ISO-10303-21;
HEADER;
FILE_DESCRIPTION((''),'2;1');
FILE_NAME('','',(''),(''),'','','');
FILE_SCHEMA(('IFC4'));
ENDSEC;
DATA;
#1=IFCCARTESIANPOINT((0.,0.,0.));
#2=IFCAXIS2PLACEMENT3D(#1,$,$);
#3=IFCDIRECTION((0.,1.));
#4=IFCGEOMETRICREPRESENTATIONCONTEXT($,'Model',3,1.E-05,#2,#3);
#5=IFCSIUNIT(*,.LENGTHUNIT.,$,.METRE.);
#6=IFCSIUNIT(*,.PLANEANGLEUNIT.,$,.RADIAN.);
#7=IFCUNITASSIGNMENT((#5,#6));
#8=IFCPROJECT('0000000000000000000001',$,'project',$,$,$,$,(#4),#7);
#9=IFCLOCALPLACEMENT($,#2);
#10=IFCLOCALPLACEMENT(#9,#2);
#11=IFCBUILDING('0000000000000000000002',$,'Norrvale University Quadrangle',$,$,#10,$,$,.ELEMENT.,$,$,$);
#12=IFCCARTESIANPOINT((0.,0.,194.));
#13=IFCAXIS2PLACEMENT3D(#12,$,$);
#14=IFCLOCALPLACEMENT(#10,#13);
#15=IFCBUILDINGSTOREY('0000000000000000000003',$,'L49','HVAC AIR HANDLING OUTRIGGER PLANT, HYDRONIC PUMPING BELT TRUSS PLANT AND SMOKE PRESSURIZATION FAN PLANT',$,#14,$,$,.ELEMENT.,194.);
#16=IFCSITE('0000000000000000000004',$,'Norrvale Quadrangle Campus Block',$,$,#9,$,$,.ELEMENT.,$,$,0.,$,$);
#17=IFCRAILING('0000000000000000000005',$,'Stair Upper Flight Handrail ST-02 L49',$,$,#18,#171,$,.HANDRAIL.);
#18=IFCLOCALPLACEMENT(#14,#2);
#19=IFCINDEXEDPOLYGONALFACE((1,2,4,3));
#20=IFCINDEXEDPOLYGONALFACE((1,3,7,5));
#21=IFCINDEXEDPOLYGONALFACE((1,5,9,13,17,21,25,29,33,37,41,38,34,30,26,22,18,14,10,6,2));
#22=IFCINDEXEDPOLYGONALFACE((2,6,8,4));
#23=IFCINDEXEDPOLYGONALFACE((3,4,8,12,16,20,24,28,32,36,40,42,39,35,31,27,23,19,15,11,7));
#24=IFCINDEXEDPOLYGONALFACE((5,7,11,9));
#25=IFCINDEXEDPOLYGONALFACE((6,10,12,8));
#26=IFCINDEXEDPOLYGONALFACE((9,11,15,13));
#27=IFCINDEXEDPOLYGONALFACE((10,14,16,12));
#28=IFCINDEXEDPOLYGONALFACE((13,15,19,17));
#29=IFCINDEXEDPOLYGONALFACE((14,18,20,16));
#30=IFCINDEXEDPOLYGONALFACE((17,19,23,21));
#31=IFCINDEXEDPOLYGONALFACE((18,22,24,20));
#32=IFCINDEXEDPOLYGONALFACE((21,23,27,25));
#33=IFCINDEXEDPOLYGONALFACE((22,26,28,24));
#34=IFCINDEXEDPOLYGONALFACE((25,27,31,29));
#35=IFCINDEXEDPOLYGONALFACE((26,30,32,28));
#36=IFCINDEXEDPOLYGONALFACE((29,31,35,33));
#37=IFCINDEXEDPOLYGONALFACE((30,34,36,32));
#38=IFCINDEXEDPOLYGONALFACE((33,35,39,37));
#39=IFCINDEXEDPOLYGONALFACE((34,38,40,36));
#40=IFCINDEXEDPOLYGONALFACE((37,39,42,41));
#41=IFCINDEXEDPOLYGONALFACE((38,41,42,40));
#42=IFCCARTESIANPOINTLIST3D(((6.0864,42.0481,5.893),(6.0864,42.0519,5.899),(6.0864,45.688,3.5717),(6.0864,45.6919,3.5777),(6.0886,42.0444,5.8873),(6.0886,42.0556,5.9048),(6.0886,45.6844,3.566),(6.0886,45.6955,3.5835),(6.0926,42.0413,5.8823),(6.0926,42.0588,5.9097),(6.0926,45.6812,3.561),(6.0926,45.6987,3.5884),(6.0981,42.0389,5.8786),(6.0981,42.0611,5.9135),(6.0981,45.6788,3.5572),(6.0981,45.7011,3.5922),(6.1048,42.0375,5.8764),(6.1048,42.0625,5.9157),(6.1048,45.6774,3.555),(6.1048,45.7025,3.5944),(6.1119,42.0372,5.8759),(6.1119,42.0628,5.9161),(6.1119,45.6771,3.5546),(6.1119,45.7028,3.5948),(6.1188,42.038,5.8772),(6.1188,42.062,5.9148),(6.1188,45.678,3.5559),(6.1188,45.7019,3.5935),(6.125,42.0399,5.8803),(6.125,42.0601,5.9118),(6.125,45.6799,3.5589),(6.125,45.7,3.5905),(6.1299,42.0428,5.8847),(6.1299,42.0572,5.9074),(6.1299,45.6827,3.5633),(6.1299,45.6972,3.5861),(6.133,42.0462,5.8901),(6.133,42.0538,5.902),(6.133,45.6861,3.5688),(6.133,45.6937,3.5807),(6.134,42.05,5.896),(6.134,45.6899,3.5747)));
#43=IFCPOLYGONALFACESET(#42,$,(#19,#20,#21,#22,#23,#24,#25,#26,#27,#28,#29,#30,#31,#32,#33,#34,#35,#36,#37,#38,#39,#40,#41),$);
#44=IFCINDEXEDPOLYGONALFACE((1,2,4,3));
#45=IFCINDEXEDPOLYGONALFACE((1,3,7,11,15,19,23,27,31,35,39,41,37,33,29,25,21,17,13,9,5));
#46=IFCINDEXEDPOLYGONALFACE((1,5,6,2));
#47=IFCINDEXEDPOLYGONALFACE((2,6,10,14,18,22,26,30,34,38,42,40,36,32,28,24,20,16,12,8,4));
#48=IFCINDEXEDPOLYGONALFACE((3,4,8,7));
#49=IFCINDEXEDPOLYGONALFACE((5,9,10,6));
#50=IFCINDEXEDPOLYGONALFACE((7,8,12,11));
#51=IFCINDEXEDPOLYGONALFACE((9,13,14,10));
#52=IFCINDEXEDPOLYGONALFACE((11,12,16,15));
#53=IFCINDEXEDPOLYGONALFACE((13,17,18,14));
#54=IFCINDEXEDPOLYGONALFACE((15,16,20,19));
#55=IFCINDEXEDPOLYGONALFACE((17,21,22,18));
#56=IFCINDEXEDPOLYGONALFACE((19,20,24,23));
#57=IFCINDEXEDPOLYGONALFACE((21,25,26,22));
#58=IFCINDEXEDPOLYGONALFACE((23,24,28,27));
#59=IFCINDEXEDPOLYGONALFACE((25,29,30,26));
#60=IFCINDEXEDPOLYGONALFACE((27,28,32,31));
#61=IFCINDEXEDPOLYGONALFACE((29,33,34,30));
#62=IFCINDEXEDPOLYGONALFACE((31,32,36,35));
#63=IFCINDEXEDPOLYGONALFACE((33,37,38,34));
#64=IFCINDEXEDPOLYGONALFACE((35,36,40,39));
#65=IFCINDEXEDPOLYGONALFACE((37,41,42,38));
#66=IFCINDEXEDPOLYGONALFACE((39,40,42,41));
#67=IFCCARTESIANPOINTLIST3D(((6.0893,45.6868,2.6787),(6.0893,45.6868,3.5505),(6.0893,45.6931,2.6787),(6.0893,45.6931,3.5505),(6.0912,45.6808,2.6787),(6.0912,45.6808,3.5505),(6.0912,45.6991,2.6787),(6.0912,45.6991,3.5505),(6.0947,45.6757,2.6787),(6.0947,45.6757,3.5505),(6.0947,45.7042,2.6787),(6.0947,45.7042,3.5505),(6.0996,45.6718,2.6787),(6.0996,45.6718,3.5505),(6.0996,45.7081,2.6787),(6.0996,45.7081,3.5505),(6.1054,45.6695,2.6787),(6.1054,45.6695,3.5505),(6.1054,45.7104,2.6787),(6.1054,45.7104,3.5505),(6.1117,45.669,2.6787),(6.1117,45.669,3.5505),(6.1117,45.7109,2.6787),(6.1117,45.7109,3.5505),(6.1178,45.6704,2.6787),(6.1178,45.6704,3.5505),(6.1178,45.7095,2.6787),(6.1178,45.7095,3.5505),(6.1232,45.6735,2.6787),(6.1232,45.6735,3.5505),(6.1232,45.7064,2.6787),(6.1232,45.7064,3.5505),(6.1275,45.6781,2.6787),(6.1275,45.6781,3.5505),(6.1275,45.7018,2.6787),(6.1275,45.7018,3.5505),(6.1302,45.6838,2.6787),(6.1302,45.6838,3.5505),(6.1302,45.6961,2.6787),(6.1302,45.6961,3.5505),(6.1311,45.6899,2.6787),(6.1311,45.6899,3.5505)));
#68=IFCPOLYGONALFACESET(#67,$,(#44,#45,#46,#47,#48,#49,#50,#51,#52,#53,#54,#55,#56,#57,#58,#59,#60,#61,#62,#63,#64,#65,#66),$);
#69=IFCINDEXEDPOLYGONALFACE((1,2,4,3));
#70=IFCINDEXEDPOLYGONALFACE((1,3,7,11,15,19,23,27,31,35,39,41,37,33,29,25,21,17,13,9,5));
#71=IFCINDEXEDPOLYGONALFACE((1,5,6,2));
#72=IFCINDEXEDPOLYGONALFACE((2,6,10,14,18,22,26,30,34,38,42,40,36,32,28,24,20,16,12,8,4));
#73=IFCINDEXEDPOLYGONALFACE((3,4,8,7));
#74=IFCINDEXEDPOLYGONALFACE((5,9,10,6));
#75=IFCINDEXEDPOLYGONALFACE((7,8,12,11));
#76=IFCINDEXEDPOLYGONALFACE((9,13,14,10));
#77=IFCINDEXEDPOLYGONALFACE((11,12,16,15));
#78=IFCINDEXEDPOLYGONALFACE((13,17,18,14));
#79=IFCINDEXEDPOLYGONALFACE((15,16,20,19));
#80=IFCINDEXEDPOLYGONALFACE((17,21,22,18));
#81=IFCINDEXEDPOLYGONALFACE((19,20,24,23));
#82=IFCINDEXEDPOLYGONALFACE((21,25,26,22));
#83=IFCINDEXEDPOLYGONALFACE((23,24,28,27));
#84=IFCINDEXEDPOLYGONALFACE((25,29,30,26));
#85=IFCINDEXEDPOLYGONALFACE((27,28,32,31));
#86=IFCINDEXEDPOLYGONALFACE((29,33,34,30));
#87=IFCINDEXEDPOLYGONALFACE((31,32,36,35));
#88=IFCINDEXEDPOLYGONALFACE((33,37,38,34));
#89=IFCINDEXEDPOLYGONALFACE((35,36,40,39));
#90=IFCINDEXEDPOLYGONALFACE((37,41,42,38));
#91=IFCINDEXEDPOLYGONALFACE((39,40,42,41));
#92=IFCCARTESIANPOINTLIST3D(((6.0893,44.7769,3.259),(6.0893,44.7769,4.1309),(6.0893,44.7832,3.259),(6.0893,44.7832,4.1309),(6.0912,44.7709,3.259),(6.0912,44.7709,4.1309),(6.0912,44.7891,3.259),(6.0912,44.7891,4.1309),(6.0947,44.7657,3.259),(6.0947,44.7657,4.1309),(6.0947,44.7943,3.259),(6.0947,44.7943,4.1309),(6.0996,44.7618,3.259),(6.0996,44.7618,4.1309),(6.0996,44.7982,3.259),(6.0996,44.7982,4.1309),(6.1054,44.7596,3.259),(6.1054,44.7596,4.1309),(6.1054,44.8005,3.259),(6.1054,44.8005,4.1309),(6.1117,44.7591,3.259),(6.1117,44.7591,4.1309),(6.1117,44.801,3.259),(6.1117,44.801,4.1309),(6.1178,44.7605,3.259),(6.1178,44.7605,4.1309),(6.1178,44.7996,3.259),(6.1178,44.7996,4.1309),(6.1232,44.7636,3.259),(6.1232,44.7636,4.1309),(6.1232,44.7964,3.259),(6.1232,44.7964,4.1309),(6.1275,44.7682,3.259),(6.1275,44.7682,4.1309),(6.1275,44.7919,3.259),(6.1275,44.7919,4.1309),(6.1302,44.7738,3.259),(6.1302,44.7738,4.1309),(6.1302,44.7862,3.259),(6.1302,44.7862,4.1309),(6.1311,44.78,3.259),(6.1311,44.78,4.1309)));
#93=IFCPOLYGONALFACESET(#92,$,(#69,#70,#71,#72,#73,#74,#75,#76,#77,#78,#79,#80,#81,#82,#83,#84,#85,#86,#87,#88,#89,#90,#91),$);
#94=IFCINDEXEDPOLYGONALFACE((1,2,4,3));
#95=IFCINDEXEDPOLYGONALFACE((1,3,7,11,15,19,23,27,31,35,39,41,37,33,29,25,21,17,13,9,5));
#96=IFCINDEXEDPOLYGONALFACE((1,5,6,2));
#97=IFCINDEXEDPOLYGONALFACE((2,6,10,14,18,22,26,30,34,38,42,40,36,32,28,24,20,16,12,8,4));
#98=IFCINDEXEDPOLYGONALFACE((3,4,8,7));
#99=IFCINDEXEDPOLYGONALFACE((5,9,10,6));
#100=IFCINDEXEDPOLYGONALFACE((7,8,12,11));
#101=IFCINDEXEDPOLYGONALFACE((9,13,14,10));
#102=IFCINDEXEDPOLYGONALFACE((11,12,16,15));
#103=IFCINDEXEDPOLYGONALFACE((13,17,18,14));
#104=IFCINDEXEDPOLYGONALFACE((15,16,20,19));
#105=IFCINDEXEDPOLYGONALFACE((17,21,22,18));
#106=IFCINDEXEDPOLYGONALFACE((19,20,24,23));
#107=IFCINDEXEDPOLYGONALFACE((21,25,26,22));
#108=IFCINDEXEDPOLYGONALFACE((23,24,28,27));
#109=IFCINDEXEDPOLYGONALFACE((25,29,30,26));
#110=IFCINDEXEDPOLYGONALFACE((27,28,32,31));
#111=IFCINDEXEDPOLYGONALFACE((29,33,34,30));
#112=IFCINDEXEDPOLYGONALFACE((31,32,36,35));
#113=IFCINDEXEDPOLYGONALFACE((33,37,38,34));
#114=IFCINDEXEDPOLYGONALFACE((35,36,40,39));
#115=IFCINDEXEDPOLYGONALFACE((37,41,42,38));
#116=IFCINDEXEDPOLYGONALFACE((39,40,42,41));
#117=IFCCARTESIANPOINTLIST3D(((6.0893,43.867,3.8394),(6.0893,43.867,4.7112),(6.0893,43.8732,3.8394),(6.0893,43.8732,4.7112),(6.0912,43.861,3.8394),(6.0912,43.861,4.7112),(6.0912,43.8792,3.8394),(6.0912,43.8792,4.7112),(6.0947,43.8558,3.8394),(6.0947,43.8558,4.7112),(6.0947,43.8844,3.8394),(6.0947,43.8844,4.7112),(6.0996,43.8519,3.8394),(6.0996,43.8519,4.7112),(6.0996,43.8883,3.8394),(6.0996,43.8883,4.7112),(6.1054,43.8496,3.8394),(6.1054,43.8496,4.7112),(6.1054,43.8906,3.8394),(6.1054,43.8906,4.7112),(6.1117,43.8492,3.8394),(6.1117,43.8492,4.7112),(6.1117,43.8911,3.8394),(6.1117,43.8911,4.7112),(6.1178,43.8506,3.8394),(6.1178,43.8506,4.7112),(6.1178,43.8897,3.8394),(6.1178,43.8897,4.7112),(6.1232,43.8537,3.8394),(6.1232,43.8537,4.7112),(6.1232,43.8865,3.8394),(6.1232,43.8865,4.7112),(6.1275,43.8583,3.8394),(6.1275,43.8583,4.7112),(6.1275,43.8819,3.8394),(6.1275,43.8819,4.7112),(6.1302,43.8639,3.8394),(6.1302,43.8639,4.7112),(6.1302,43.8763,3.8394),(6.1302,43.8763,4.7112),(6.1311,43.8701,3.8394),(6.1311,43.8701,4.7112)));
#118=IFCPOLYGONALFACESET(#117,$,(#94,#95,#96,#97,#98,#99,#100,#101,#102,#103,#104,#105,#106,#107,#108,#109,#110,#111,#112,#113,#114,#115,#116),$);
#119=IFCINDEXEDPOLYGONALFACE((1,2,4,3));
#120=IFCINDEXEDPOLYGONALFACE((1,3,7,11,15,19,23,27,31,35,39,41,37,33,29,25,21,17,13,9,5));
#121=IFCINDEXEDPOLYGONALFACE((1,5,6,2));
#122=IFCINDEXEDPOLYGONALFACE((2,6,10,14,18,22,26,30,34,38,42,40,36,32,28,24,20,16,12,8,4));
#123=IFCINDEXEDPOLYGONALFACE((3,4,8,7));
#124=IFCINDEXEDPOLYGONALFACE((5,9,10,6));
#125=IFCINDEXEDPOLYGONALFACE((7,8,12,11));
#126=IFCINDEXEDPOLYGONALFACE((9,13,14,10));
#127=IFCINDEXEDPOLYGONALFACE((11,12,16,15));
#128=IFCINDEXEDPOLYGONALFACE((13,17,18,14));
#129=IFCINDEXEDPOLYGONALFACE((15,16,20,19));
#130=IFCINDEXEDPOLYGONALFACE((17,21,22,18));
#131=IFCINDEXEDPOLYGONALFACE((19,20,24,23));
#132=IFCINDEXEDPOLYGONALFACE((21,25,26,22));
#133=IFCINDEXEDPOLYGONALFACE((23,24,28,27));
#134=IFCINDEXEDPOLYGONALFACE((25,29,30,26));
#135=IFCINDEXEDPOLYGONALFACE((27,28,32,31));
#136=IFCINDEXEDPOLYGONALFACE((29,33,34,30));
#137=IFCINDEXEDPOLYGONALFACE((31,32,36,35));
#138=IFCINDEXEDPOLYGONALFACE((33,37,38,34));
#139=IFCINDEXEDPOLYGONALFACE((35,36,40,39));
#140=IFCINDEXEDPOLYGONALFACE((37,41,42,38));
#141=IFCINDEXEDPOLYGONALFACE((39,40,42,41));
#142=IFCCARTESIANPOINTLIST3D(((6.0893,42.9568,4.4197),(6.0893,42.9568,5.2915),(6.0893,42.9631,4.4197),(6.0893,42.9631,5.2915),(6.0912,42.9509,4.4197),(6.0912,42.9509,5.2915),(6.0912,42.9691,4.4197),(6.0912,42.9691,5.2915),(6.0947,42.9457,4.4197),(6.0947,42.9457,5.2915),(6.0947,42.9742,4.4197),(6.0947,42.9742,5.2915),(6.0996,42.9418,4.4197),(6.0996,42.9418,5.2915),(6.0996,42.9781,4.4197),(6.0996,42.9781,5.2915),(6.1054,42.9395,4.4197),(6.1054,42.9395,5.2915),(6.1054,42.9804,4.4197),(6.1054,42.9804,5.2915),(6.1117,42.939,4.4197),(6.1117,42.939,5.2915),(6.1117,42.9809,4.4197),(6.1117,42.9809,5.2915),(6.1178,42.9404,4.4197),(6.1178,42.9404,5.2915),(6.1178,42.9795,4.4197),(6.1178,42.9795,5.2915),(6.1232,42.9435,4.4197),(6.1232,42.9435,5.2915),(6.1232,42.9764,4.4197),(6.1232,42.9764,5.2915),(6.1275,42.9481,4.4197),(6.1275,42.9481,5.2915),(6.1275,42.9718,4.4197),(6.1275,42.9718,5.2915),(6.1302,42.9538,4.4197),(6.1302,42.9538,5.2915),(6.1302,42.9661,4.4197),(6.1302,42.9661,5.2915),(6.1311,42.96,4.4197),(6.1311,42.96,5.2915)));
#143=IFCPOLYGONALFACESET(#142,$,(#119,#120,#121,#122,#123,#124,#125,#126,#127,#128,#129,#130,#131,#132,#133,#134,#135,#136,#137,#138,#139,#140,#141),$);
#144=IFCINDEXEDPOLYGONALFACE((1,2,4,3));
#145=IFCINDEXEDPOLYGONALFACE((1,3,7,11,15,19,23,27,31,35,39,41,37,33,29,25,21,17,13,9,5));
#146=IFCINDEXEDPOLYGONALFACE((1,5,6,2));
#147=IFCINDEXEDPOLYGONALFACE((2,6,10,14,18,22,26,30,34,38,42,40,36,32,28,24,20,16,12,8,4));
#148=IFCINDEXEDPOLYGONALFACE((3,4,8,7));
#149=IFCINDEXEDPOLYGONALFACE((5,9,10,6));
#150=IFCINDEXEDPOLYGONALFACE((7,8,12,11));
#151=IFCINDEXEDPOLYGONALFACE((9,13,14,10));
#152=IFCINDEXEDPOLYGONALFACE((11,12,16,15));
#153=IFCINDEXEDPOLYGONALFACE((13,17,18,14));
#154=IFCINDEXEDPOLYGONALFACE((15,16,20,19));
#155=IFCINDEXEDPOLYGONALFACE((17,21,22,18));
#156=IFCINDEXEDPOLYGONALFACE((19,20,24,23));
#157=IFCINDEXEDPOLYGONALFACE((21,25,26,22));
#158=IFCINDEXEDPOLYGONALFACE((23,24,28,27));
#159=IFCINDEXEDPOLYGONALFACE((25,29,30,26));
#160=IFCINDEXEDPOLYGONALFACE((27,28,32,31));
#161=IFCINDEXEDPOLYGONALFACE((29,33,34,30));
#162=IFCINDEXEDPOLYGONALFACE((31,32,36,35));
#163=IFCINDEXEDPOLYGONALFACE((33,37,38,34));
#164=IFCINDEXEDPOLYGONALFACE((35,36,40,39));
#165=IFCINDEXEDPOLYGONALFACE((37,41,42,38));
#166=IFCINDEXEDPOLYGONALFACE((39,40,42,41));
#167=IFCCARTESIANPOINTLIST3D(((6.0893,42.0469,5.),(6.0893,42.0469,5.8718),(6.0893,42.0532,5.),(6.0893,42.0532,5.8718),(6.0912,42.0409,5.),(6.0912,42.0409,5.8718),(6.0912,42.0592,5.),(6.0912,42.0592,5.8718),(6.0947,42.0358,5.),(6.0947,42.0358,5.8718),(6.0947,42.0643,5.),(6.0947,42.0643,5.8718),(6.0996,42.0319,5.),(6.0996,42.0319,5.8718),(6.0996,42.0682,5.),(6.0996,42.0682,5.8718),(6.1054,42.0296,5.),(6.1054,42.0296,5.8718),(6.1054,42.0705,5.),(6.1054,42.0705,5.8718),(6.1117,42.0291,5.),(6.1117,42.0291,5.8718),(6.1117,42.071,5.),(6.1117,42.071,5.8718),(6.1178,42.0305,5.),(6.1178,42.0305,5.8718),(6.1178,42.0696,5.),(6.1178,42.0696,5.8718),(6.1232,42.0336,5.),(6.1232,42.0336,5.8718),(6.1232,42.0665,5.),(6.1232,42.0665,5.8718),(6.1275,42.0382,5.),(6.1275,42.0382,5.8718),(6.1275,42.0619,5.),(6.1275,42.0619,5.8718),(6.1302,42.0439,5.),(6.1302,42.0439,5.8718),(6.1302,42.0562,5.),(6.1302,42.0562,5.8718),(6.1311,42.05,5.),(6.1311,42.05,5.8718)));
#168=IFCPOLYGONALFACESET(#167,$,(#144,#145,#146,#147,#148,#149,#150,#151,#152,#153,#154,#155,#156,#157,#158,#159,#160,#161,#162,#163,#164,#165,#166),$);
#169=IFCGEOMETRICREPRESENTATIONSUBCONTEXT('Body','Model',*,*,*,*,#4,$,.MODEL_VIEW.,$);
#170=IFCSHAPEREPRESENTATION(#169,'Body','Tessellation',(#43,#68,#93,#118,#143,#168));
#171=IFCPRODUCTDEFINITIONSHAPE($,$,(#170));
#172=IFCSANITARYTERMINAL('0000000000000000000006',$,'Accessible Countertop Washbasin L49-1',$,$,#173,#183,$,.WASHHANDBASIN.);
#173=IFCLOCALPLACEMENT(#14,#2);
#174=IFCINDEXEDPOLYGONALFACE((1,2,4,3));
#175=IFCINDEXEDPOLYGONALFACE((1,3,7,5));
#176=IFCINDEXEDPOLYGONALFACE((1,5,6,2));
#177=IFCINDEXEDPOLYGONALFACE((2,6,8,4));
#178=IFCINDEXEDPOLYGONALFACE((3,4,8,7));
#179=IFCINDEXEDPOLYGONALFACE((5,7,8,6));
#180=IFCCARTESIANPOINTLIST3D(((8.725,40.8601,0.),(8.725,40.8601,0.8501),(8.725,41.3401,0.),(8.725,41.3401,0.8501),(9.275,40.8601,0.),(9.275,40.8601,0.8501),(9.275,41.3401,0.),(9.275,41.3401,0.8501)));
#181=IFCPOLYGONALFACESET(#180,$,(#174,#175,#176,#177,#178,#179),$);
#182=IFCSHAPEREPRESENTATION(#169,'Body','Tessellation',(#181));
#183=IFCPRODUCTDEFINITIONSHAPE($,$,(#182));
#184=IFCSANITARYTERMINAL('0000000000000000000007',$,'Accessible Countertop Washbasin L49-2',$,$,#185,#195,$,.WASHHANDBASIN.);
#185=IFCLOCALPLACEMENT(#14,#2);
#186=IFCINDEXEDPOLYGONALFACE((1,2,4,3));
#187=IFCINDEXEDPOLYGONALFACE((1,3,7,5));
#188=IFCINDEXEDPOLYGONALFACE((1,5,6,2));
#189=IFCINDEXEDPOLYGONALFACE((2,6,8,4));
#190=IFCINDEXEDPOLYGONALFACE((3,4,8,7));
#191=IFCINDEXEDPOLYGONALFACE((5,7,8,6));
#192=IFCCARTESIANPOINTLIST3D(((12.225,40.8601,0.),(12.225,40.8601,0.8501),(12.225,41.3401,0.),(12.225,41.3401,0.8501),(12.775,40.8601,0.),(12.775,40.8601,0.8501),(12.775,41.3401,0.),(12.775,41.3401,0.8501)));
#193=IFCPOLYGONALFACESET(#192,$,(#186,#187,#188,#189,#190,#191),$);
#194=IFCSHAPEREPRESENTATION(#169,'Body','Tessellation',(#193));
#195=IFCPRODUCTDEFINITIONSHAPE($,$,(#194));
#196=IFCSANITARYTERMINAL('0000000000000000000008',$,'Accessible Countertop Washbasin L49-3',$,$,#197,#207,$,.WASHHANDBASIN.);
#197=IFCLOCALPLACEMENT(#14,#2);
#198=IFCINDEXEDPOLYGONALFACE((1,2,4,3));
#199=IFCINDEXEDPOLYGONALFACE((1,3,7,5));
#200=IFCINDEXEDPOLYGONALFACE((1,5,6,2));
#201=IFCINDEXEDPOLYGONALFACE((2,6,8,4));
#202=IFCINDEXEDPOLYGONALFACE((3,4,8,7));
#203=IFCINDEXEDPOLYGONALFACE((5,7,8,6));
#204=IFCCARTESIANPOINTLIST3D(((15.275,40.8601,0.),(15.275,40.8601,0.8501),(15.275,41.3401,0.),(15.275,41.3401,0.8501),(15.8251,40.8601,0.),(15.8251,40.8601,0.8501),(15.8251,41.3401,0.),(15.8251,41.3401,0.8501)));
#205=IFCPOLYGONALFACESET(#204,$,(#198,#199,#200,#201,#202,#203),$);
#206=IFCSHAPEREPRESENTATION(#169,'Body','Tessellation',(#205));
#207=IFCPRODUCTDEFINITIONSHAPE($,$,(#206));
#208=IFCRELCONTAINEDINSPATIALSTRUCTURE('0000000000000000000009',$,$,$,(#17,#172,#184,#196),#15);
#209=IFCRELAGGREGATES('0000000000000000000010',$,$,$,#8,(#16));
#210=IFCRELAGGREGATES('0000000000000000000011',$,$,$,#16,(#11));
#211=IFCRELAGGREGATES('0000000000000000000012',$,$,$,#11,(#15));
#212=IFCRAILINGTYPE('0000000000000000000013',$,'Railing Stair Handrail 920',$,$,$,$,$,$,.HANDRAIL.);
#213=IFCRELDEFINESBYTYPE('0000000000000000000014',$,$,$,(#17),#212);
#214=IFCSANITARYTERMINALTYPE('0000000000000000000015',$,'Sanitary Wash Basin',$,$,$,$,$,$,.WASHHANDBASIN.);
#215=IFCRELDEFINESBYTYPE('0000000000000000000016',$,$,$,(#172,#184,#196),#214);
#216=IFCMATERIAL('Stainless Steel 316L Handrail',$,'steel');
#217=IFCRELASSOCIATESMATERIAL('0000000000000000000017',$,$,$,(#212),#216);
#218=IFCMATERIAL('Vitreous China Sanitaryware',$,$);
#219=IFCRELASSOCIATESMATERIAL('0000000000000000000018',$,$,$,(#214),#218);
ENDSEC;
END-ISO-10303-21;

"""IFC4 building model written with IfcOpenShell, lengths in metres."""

from ifc_helpers import new_model, si_unit, direction, frame, origin, origin_2d, place, context, subcontext, project, spatial, rectangle, circle, extrude, material, type_object, element, save


model = new_model("IFC4")

# Units and contexts
model_context = context("Model", 3, precision=1e-05, world=origin(), true_north=direction((0.0, 1.0)))
body_context = subcontext(model_context, "Body", "Model", "MODEL_VIEW")
ifc_project = project(units=[si_unit("LENGTHUNIT", "METRE"), si_unit("PLANEANGLEUNIT", "RADIAN")], contexts=[model_context])

# Site, building, storey
site_placement = place(None, origin())
site = spatial("IfcSite", under=ifc_project, at=site_placement, Name="Norrvale Quadrangle Campus Block", CompositionType="ELEMENT", RefElevation=0.0)
building_placement = place(site_placement, origin())
building = spatial("IfcBuilding", under=site, at=building_placement, Name="Norrvale University Quadrangle", CompositionType="ELEMENT")
storey_placement = place(building_placement, frame((0.0, 0.0, 194.0)))
storey = spatial("IfcBuildingStorey", under=building, at=storey_placement, Name="L49", Description="HVAC AIR HANDLING OUTRIGGER PLANT, HYDRONIC PUMPING BELT TRUSS PLANT AND SMOKE PRESSURIZATION FAN PLANT", CompositionType="ELEMENT", Elevation=194.0)

# Railing
ifc_material_1 = material(Name="Stainless Steel 316L Handrail", Category="steel")
railing_type_1 = type_object("IfcRailingType", Name="Railing Stair Handrail 920", PredefinedType="HANDRAIL", material=ifc_material_1)
railing_1_placement = place(storey_placement, frame((6.1101, 45.6899, 2.6787)))
element("IfcRailing", 1, at=railing_1_placement, inside=storey, type_object=railing_type_1, Name="Stair Upper Flight Handrail ST-02 L49", PredefinedType="HANDRAIL", context=body_context, shape_type="SweptSolid", body=[
    extrude(circle(Radius=0.0239, at=origin_2d()), frame((0.0, 0.0, 0.896), z_axis=(0.0, -0.843137, 0.537699), x_axis=(1.0, 0.0, 0.0)), (0.0, 0.0, 1.0), 4.3171),
    extrude(circle(Radius=0.021, at=origin_2d()), origin(), (0.0, 0.0, 1.0), 0.8718),
    extrude(circle(Radius=0.021, at=origin_2d()), frame((0.0, -0.9099, 0.5803)), (0.0, 0.0, 1.0), 0.8718),
    extrude(circle(Radius=0.021, at=origin_2d()), frame((0.0, -1.8198, 1.1606)), (0.0, 0.0, 1.0), 0.8718),
    extrude(circle(Radius=0.021, at=origin_2d()), frame((0.0, -2.73, 1.741)), (0.0, 0.0, 1.0), 0.8718),
    extrude(circle(Radius=0.021, at=origin_2d()), frame((0.0, -3.6399, 2.3213)), (0.0, 0.0, 1.0), 0.8718),
])

# Sanitary terminals
ifc_material_2 = material(Name="Vitreous China Sanitaryware")
sanitary_terminal_type_1 = type_object("IfcSanitaryTerminalType", Name="Sanitary Wash Basin", PredefinedType="WASHHANDBASIN", material=ifc_material_2)
for number, where, z_axis, x_axis, name in (
    (2, (9.0, 41.1001, 0.0), (0.0, 0.0, 1.0), (1.0, 0.0, 0.0), "Accessible Countertop Washbasin L49-1"),
    (3, (12.5, 41.1001, 0.0), (0.0, 0.0, 1.0), (1.0, 0.0, 0.0), "Accessible Countertop Washbasin L49-2"),
    (4, (15.55, 41.1001, 0.0), (0.0, 0.0, 1.0), (1.0, 0.0, 0.0), "Accessible Countertop Washbasin L49-3"),
):
    element("IfcSanitaryTerminal", number, at=place(storey_placement, frame(where, z_axis=z_axis, x_axis=x_axis)), inside=storey, type_object=sanitary_terminal_type_1, Name=name, PredefinedType="WASHHANDBASIN", context=body_context, shape_type="SweptSolid", body=[
        extrude(rectangle(XDim=0.55, YDim=0.48, at=origin_2d()), origin(), (0.0, 0.0, 1.0), 0.8501),
    ])

save(model, "model.ifc")
